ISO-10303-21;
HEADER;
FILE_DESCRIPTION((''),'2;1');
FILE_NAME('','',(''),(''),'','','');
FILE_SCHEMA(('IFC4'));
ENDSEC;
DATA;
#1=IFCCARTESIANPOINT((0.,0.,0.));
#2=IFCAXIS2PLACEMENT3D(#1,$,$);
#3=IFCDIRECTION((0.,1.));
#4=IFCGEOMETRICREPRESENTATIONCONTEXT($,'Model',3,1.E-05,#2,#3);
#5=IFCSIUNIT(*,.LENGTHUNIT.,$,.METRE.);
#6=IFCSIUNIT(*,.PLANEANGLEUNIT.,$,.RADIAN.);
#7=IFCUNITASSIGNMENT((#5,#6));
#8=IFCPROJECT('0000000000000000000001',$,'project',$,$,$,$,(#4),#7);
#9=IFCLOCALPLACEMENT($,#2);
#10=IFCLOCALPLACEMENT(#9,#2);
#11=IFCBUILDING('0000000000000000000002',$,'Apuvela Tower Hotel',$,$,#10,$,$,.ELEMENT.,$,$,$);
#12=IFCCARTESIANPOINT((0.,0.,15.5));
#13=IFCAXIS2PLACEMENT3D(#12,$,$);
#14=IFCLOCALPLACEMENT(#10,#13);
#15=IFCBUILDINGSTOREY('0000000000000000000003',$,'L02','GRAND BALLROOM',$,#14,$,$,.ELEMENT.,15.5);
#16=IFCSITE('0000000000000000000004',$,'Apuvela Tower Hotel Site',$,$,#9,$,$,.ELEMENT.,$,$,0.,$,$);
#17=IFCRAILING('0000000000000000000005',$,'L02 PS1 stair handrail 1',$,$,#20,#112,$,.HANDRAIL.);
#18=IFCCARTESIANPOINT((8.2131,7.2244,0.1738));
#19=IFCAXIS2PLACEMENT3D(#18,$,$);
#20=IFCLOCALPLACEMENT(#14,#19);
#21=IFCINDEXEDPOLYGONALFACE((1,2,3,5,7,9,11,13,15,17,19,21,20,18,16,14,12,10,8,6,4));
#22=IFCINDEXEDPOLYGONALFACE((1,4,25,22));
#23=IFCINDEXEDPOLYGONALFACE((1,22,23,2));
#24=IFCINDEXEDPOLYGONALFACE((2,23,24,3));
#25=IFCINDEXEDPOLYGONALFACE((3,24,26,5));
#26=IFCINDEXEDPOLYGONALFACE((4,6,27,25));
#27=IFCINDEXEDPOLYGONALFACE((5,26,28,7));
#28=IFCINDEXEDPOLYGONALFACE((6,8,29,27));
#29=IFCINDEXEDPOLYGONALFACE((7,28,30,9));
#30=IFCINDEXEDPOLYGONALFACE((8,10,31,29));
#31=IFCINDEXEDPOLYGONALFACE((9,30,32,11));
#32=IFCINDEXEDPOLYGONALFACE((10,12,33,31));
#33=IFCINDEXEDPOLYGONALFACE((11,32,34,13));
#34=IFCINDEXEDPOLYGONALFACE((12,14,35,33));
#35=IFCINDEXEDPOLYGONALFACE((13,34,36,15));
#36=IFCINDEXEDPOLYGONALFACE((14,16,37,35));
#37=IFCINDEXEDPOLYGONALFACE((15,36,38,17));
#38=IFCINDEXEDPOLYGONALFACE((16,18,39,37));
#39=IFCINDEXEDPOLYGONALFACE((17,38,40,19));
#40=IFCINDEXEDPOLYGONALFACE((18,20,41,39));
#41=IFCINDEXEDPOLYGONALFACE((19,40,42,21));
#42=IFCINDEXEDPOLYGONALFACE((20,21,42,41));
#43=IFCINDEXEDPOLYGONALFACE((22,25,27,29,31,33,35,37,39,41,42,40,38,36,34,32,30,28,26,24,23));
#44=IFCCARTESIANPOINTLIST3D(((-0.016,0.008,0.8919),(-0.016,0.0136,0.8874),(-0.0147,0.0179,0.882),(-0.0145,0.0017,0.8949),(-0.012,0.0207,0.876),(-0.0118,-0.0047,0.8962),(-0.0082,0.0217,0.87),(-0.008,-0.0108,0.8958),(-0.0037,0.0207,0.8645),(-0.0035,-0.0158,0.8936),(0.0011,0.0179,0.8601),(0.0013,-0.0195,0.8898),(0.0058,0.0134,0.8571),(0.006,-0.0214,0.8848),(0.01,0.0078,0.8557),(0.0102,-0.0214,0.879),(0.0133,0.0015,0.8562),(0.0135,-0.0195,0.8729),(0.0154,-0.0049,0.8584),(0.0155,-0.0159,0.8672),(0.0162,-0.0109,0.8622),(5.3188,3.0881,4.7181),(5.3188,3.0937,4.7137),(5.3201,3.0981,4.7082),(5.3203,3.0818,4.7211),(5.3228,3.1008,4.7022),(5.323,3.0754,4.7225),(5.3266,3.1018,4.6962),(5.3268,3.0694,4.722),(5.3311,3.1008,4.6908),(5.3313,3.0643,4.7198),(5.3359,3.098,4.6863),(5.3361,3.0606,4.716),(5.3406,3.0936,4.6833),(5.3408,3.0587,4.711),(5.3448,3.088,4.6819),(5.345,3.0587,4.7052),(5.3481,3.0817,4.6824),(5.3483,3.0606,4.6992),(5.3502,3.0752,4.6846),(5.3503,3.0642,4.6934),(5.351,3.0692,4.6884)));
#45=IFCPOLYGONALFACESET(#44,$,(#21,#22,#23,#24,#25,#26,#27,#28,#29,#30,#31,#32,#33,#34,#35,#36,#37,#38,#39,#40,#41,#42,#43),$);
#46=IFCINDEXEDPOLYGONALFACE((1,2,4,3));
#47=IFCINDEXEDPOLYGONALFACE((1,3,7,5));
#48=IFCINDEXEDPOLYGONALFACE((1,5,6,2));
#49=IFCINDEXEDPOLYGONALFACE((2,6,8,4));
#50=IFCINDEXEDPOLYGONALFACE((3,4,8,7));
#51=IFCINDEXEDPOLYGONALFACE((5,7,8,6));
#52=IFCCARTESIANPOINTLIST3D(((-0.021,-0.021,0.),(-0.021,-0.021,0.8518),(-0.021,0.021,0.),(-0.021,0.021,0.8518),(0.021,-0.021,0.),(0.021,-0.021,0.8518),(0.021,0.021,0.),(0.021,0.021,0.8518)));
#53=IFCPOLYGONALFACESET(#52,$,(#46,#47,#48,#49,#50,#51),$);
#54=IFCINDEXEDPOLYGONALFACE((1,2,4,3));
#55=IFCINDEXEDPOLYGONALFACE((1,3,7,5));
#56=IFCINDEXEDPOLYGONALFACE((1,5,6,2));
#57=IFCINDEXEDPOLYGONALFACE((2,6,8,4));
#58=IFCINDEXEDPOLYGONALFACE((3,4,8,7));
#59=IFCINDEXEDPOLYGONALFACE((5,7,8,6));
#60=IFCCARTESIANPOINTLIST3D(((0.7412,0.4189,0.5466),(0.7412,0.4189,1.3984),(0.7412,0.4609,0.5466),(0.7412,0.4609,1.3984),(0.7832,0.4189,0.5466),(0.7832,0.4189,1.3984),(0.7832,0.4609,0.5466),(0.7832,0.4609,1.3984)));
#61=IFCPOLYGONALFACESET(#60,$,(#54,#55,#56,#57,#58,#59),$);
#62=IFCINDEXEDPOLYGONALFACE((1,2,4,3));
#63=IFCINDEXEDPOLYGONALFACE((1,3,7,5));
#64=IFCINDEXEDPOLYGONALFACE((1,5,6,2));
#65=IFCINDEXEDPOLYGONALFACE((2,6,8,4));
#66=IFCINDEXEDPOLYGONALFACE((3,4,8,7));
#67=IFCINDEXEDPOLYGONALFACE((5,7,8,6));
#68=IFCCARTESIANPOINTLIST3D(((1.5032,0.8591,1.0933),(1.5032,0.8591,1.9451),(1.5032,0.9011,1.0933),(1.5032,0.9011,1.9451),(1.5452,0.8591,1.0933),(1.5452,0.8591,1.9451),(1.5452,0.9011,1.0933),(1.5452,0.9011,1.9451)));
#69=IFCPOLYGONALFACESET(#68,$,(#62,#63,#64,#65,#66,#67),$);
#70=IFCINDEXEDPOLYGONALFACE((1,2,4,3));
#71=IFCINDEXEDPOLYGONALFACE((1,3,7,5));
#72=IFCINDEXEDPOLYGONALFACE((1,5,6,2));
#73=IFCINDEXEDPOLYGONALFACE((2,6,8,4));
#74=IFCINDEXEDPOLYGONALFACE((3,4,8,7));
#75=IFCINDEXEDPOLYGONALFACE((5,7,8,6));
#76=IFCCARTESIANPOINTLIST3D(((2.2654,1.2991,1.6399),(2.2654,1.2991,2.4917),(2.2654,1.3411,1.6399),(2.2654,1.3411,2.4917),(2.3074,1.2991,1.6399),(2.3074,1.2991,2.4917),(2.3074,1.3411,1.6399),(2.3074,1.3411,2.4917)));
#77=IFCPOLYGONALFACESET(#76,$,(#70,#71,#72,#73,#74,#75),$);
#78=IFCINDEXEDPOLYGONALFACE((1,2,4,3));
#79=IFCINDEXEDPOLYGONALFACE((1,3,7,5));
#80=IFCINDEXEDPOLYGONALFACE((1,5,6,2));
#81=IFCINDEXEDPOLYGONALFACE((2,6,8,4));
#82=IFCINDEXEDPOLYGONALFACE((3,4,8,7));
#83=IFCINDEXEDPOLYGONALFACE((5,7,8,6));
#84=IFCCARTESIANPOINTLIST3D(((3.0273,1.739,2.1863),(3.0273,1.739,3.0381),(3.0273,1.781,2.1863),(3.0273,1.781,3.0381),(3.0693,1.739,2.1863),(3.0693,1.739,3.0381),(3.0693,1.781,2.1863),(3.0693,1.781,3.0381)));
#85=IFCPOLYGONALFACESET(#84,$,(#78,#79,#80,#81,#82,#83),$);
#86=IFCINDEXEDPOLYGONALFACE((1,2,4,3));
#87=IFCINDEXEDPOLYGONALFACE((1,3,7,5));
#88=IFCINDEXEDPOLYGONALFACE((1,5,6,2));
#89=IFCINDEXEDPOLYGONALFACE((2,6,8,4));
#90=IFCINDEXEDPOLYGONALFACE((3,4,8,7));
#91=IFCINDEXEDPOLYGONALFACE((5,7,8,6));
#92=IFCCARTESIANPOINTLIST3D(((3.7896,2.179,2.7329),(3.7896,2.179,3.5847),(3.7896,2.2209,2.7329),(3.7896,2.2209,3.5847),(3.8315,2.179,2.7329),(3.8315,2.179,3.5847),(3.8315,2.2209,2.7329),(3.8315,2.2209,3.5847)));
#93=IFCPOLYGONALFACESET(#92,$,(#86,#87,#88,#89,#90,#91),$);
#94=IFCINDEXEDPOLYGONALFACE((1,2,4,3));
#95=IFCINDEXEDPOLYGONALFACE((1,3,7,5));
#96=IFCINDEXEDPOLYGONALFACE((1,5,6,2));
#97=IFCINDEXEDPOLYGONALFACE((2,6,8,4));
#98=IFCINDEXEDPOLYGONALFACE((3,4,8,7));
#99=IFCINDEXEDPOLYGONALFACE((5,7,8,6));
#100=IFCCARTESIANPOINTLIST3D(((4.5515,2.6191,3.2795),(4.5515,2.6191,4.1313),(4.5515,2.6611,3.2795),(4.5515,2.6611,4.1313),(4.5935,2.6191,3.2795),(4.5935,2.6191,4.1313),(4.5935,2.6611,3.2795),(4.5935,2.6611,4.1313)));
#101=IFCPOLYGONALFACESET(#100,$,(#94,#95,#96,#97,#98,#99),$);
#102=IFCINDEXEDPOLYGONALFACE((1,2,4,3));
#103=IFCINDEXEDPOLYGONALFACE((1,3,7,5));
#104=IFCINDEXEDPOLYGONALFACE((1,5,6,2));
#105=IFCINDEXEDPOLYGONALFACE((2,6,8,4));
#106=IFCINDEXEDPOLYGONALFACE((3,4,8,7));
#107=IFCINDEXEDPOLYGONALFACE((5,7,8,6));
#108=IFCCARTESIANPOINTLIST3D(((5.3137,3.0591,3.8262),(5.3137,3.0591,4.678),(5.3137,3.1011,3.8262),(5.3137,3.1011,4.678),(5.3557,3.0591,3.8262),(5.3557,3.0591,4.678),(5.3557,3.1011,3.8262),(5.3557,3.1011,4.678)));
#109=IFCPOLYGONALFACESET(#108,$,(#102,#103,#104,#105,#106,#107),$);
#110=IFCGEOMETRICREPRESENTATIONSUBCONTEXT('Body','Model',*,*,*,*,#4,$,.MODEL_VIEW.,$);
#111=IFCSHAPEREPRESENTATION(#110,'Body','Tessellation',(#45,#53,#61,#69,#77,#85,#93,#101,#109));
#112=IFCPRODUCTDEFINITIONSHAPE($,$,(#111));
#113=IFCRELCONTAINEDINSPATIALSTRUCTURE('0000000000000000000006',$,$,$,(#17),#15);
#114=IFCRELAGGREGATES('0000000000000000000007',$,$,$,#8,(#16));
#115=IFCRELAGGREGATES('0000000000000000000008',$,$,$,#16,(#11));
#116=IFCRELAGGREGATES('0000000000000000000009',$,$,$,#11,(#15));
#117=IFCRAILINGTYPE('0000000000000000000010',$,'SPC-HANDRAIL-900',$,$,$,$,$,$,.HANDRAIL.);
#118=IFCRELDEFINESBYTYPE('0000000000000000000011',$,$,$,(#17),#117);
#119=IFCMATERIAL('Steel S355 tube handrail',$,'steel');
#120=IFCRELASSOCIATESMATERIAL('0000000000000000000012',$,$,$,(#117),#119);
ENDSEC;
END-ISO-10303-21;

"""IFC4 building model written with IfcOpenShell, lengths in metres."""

from ifc_helpers import new_model, si_unit, direction, frame, origin, origin_2d, place, context, subcontext, project, spatial, rectangle, circle, extrude, material, type_object, element, save


model = new_model("IFC4")

# Units and contexts
model_context = context("Model", 3, precision=1e-05, world=origin(), true_north=direction((0.0, 1.0)))
body_context = subcontext(model_context, "Body", "Model", "MODEL_VIEW")
ifc_project = project(units=[si_unit("LENGTHUNIT", "METRE"), si_unit("PLANEANGLEUNIT", "RADIAN")], contexts=[model_context])

# Site, building, storey
site_placement = place(None, origin())
site = spatial("IfcSite", under=ifc_project, at=site_placement, Name="Apuvela Tower Hotel Site", CompositionType="ELEMENT", RefElevation=0.0)
building_placement = place(site_placement, origin())
building = spatial("IfcBuilding", under=site, at=building_placement, Name="Apuvela Tower Hotel", CompositionType="ELEMENT")
storey_placement = place(building_placement, frame((0.0, 0.0, 15.5)))
storey = spatial("IfcBuildingStorey", under=building, at=storey_placement, Name="L02", Description="GRAND BALLROOM", CompositionType="ELEMENT", Elevation=15.5)

# Railing
ifc_material_1 = material(Name="Steel S355 tube handrail", Category="steel")
railing_type_1 = type_object("IfcRailingType", Name="SPC-HANDRAIL-900", PredefinedType="HANDRAIL", material=ifc_material_1)
railing_1_placement = place(storey_placement, frame((8.2131, 7.2244, 0.1738)))
element("IfcRailing", 1, at=railing_1_placement, inside=storey, type_object=railing_type_1, Name="L02 PS1 stair handrail 1", PredefinedType="HANDRAIL", context=body_context, shape_type="SweptSolid", body=[
    extrude(circle(Radius=0.0239, at=origin_2d()), frame((0.0, 0.0, 0.876), z_axis=(0.735661, 0.424745, 0.527632), x_axis=(-0.500009, 0.86602, 0.0)), (0.0, 0.0, 1.0), 7.2517),
    extrude(rectangle(XDim=0.042, YDim=0.042, at=origin_2d()), origin(), (0.0, 0.0, 1.0), 0.8518),
    extrude(rectangle(XDim=0.042, YDim=0.042, at=origin_2d()), frame((0.7622, 0.4399, 0.5466)), (0.0, 0.0, 1.0), 0.8518),
    extrude(rectangle(XDim=0.042, YDim=0.042, at=origin_2d()), frame((1.5242, 0.8801, 1.0933)), (0.0, 0.0, 1.0), 0.8518),
    extrude(rectangle(XDim=0.042, YDim=0.042, at=origin_2d()), frame((2.2864, 1.3201, 1.6399)), (0.0, 0.0, 1.0), 0.8518),
    extrude(rectangle(XDim=0.042, YDim=0.042, at=origin_2d()), frame((3.0483, 1.76, 2.1863)), (0.0, 0.0, 1.0), 0.8518),
    extrude(rectangle(XDim=0.042, YDim=0.042, at=origin_2d()), frame((3.8105, 2.2, 2.7329)), (0.0, 0.0, 1.0), 0.8518),
    extrude(rectangle(XDim=0.042, YDim=0.042, at=origin_2d()), frame((4.5725, 2.6401, 3.2795)), (0.0, 0.0, 1.0), 0.8518),
    extrude(rectangle(XDim=0.042, YDim=0.042, at=origin_2d()), frame((5.3347, 3.0801, 3.8262)), (0.0, 0.0, 1.0), 0.8518),
])

save(model, "model.ifc")
